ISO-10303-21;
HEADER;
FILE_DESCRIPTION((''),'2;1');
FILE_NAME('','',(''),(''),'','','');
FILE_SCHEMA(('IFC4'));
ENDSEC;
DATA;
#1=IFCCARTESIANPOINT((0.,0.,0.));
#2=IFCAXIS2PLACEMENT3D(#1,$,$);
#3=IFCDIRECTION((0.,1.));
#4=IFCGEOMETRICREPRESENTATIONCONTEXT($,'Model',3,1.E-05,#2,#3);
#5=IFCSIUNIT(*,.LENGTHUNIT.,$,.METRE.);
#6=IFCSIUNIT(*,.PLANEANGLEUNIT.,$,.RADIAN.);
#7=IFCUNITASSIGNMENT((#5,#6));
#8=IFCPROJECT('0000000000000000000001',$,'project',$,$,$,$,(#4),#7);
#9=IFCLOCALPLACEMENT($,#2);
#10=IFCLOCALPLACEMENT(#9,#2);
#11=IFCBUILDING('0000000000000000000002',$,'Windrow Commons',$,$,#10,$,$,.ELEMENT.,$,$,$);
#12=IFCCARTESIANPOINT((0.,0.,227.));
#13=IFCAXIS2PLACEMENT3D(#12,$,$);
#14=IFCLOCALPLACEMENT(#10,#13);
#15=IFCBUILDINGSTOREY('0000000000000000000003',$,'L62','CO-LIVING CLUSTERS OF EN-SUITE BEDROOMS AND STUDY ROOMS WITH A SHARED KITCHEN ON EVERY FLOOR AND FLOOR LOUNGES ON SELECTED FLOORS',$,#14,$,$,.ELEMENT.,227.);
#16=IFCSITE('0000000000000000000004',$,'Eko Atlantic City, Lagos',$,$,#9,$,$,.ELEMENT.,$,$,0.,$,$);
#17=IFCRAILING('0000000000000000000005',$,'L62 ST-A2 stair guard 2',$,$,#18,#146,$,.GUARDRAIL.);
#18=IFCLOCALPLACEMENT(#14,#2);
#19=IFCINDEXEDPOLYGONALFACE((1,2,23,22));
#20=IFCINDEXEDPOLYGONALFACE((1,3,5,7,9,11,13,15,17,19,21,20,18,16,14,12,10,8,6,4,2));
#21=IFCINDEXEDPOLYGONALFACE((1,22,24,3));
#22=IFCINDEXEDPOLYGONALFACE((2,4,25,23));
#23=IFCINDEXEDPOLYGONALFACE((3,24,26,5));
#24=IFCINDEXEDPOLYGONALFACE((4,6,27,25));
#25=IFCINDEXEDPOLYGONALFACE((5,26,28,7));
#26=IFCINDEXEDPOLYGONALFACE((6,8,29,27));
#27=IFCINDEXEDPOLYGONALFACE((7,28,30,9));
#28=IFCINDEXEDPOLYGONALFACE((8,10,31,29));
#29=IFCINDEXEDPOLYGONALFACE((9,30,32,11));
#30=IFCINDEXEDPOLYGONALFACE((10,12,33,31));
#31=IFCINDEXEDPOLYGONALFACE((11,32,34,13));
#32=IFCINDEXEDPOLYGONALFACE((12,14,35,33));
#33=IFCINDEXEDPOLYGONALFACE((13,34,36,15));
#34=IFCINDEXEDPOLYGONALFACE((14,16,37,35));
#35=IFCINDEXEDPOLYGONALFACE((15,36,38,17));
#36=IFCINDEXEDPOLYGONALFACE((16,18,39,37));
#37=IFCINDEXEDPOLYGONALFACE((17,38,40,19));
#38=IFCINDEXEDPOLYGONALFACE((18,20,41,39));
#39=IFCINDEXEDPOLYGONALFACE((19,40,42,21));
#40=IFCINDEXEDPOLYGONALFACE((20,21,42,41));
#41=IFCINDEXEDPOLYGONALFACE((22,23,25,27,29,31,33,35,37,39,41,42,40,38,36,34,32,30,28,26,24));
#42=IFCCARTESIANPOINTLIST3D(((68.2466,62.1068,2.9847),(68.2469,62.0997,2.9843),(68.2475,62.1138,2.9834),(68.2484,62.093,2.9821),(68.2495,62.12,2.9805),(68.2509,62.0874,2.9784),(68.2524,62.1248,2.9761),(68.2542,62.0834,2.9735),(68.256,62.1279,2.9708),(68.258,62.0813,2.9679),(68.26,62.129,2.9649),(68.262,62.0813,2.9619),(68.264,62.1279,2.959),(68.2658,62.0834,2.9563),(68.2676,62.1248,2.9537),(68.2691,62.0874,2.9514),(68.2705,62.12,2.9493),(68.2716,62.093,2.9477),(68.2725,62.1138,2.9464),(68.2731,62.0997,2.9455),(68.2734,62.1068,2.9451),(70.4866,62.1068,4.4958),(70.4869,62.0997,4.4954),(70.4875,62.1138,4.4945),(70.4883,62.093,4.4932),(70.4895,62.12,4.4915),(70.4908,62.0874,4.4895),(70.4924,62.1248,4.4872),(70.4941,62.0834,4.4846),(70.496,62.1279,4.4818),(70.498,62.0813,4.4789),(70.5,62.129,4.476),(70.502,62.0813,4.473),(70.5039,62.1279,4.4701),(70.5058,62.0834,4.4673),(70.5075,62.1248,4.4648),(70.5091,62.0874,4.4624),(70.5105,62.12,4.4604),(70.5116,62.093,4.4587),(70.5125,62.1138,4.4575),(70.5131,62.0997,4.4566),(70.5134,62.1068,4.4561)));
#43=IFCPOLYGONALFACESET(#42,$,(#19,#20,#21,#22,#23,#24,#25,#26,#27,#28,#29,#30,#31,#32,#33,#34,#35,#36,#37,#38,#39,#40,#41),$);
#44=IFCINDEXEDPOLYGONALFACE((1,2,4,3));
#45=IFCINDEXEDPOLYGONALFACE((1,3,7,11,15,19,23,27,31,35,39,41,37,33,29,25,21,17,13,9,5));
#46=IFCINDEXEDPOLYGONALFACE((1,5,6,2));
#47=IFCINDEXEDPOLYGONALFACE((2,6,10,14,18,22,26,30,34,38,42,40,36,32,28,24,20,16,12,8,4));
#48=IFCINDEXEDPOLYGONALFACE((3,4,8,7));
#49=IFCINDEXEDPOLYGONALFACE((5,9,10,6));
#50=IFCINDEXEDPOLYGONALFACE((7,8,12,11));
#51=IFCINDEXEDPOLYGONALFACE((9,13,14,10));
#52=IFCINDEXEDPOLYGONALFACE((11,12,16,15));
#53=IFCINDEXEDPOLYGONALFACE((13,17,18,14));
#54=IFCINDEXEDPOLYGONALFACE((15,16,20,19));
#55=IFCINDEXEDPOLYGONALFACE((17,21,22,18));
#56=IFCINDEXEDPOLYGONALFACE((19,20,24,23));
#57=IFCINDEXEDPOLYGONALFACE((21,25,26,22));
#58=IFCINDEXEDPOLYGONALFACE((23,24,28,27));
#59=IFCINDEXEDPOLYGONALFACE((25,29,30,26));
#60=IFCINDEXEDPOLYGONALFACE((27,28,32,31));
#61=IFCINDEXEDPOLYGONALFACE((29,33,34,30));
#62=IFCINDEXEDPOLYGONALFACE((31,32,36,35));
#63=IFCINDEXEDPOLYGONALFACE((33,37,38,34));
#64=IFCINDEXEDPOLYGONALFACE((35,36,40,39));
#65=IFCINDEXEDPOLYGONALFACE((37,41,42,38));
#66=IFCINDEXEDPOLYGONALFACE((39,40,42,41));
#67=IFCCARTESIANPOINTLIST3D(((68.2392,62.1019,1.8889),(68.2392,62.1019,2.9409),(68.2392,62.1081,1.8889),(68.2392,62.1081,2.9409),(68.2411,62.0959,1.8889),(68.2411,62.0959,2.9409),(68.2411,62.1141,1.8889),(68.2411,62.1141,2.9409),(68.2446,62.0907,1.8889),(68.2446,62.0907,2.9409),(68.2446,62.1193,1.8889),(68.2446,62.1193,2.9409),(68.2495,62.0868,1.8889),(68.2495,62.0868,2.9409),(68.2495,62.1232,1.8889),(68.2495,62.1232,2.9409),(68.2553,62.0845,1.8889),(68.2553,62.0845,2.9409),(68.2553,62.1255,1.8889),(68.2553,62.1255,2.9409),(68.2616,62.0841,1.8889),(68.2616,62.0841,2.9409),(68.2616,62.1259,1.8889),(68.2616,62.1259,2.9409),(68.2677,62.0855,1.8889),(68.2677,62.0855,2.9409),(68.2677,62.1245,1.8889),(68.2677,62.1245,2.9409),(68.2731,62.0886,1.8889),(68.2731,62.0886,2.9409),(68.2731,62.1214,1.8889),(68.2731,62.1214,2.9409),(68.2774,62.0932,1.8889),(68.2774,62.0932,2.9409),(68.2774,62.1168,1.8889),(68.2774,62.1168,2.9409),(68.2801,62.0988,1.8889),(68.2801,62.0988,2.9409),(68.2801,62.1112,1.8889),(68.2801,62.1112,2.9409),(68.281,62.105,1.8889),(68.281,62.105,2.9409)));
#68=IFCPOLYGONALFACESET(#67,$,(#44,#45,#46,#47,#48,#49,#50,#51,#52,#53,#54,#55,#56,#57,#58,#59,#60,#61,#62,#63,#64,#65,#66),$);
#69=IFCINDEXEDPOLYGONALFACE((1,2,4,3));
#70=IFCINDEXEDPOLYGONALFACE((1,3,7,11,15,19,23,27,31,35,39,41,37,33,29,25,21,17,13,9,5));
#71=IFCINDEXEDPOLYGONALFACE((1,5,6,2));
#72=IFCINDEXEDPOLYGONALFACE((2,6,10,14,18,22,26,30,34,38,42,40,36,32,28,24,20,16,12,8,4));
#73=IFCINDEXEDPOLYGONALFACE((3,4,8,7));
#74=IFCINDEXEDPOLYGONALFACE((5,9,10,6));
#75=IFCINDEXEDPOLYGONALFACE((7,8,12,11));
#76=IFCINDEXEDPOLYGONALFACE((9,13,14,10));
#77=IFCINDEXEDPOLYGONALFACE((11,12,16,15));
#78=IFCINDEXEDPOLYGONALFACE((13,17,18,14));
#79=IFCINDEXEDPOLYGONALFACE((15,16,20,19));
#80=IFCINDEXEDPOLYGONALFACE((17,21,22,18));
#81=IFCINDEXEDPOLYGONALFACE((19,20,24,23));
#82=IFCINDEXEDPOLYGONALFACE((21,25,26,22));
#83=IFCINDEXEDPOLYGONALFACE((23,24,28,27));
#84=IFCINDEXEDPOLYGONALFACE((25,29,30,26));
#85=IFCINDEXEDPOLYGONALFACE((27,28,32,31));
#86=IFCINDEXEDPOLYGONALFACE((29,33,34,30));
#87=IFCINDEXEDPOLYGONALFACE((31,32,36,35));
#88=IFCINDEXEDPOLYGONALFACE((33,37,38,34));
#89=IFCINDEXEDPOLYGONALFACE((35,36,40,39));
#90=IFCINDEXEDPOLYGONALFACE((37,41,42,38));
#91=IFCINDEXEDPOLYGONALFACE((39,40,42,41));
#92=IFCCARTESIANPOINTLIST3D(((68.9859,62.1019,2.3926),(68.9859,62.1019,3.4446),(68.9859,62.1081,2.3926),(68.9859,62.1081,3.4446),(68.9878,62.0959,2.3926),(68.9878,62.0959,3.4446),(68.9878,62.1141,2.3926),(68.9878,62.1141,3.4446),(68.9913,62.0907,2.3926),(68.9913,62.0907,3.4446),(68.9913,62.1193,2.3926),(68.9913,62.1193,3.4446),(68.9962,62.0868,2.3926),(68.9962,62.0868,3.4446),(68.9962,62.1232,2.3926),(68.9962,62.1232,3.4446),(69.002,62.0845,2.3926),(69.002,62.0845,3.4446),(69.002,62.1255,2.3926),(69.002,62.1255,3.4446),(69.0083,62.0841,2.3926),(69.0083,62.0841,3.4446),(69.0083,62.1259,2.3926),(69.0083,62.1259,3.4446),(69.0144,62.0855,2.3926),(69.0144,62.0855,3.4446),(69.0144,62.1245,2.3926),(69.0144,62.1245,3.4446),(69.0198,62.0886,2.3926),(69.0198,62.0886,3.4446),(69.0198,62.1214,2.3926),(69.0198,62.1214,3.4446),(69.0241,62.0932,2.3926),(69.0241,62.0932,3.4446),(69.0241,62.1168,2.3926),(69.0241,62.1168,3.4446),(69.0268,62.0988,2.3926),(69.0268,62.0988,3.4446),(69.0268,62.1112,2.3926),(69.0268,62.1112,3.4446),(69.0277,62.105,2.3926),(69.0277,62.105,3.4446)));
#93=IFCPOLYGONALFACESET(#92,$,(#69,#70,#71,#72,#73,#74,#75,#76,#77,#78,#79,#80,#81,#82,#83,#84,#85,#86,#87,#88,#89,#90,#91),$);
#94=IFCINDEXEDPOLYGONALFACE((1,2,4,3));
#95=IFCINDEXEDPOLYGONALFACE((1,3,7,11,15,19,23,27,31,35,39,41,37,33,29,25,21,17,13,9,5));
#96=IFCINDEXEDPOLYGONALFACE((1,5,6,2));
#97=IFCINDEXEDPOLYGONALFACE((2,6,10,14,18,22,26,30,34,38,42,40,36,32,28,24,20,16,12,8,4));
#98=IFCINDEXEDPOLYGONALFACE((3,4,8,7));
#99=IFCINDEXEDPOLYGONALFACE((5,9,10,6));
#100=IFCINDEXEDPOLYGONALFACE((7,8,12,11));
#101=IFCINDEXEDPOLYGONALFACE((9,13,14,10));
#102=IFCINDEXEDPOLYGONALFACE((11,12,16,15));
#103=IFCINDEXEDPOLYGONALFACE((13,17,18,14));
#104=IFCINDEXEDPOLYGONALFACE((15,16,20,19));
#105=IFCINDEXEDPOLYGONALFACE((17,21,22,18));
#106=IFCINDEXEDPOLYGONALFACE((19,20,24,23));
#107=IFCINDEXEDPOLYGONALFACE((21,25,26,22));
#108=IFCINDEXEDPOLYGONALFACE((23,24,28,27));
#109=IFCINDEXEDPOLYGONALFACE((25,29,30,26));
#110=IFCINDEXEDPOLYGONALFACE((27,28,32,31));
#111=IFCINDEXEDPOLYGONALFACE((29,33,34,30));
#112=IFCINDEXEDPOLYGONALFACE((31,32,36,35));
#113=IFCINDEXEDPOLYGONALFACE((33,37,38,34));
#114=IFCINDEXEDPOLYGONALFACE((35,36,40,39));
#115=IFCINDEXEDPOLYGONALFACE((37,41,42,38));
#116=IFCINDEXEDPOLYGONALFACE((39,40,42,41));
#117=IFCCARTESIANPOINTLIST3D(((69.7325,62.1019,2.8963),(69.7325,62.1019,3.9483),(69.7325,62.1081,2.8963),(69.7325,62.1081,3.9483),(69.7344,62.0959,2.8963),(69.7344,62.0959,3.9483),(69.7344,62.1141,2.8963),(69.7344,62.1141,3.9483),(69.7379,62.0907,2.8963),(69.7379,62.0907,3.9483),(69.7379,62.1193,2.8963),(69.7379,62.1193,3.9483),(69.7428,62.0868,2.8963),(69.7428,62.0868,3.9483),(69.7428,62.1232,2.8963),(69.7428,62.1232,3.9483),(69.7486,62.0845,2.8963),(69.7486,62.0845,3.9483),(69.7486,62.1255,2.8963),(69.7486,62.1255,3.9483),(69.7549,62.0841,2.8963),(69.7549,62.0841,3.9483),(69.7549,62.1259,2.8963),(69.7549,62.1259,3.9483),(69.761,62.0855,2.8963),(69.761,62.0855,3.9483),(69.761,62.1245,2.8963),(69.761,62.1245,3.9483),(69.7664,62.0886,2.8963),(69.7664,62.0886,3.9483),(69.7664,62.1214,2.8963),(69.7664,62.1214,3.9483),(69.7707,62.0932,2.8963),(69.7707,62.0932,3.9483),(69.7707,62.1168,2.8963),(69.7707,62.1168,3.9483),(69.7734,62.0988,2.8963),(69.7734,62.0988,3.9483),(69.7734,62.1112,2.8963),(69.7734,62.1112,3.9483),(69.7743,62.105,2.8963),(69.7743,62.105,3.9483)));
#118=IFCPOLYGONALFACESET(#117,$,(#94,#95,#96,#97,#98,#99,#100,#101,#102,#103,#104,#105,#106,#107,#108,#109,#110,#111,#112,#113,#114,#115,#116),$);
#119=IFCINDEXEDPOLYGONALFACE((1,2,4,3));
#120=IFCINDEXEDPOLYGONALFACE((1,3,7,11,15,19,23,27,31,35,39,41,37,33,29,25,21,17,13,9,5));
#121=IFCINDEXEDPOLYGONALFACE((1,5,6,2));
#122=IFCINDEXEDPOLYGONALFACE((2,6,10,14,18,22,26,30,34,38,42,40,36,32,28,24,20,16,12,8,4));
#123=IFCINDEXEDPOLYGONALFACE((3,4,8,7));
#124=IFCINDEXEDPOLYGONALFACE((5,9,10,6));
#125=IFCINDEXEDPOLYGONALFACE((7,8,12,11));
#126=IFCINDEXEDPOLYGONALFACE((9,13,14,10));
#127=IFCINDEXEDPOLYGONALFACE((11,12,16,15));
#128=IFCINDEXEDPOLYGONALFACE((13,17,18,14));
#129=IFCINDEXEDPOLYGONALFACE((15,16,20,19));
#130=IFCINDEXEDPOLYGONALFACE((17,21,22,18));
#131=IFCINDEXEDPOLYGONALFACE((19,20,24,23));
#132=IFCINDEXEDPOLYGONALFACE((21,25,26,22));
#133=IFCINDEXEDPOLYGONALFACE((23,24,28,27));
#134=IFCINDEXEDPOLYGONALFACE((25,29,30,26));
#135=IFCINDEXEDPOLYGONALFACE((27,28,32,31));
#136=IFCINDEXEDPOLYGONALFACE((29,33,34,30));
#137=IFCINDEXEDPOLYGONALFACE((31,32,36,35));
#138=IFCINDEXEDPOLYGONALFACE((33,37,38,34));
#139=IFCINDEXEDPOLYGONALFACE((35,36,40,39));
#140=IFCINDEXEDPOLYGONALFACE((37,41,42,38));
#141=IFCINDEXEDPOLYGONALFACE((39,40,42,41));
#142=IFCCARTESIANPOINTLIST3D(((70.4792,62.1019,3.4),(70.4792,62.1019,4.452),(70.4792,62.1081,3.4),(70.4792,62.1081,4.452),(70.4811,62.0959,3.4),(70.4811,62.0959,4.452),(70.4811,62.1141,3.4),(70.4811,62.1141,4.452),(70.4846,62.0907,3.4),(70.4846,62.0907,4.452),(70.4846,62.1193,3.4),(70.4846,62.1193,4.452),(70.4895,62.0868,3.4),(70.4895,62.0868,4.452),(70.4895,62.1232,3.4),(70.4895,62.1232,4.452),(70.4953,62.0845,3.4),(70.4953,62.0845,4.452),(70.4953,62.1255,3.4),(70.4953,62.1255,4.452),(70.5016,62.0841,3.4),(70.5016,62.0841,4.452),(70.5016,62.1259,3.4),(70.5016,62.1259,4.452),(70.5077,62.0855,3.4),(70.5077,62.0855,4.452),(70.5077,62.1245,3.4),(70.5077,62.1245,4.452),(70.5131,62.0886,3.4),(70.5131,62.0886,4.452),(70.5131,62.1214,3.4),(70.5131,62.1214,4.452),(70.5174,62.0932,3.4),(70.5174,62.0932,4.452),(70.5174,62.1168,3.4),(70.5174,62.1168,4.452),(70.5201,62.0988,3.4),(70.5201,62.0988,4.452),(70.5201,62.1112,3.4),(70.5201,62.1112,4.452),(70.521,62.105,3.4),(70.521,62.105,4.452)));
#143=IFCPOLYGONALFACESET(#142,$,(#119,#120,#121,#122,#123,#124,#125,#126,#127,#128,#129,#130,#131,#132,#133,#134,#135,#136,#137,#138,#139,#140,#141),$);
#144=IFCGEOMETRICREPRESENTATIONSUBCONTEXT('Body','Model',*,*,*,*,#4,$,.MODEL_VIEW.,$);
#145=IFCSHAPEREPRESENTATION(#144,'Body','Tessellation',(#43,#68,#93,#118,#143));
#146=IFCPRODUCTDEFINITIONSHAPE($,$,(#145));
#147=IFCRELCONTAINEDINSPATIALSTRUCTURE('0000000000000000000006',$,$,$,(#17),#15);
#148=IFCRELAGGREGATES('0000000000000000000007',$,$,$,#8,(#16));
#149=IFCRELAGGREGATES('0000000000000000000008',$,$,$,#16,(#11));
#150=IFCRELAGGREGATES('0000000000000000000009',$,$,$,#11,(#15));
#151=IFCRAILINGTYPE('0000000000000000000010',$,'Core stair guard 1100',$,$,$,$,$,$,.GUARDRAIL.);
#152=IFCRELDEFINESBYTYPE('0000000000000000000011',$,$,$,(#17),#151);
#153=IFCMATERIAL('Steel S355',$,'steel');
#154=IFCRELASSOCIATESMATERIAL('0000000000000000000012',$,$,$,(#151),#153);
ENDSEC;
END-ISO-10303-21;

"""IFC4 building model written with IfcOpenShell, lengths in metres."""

from ifc_helpers import new_model, si_unit, direction, frame, origin, origin_2d, place, context, subcontext, project, spatial, circle, extrude, material, type_object, element, save


model = new_model("IFC4")

# Units and contexts
model_context = context("Model", 3, precision=1e-05, world=origin(), true_north=direction((0.0, 1.0)))
body_context = subcontext(model_context, "Body", "Model", "MODEL_VIEW")
ifc_project = project(units=[si_unit("LENGTHUNIT", "METRE"), si_unit("PLANEANGLEUNIT", "RADIAN")], contexts=[model_context])

# Site, building, storey
site_placement = place(None, origin())
site = spatial("IfcSite", under=ifc_project, at=site_placement, Name="Eko Atlantic City, Lagos", CompositionType="ELEMENT", RefElevation=0.0)
building_placement = place(site_placement, origin())
building = spatial("IfcBuilding", under=site, at=building_placement, Name="Windrow Commons", CompositionType="ELEMENT")
storey_placement = place(building_placement, frame((0.0, 0.0, 227.0)))
storey = spatial("IfcBuildingStorey", under=building, at=storey_placement, Name="L62", Description="CO-LIVING CLUSTERS OF EN-SUITE BEDROOMS AND STUDY ROOMS WITH A SHARED KITCHEN ON EVERY FLOOR AND FLOOR LOUNGES ON SELECTED FLOORS", CompositionType="ELEMENT", Elevation=227.0)

# Railing
ifc_material_1 = material(Name="Steel S355", Category="steel")
railing_type_1 = type_object("IfcRailingType", Name="Core stair guard 1100", PredefinedType="GUARDRAIL", material=ifc_material_1)
railing_1_placement = place(storey_placement, frame((68.26, 62.105, 1.8889)))
element("IfcRailing", 1, at=railing_1_placement, inside=storey, type_object=railing_type_1, Name="L62 ST-A2 stair guard 2", PredefinedType="GUARDRAIL", context=body_context, shape_type="SweptSolid", body=[
    extrude(circle(Radius=0.024, at=origin_2d()), frame((0.0, 0.0, 1.076), z_axis=(0.829003, 0.0, 0.559244), x_axis=(0.0, 1.0, 0.0)), (0.0, 0.0, 1.0), 2.702),
    extrude(circle(Radius=0.021, at=origin_2d()), origin(), (0.0, 0.0, 1.0), 1.052),
    extrude(circle(Radius=0.021, at=origin_2d()), frame((0.7467, 0.0, 0.5037)), (0.0, 0.0, 1.0), 1.052),
    extrude(circle(Radius=0.021, at=origin_2d()), frame((1.4933, 0.0, 1.0074)), (0.0, 0.0, 1.0), 1.052),
    extrude(circle(Radius=0.021, at=origin_2d()), frame((2.24, 0.0, 1.5111)), (0.0, 0.0, 1.0), 1.052),
])

save(model, "model.ifc")
